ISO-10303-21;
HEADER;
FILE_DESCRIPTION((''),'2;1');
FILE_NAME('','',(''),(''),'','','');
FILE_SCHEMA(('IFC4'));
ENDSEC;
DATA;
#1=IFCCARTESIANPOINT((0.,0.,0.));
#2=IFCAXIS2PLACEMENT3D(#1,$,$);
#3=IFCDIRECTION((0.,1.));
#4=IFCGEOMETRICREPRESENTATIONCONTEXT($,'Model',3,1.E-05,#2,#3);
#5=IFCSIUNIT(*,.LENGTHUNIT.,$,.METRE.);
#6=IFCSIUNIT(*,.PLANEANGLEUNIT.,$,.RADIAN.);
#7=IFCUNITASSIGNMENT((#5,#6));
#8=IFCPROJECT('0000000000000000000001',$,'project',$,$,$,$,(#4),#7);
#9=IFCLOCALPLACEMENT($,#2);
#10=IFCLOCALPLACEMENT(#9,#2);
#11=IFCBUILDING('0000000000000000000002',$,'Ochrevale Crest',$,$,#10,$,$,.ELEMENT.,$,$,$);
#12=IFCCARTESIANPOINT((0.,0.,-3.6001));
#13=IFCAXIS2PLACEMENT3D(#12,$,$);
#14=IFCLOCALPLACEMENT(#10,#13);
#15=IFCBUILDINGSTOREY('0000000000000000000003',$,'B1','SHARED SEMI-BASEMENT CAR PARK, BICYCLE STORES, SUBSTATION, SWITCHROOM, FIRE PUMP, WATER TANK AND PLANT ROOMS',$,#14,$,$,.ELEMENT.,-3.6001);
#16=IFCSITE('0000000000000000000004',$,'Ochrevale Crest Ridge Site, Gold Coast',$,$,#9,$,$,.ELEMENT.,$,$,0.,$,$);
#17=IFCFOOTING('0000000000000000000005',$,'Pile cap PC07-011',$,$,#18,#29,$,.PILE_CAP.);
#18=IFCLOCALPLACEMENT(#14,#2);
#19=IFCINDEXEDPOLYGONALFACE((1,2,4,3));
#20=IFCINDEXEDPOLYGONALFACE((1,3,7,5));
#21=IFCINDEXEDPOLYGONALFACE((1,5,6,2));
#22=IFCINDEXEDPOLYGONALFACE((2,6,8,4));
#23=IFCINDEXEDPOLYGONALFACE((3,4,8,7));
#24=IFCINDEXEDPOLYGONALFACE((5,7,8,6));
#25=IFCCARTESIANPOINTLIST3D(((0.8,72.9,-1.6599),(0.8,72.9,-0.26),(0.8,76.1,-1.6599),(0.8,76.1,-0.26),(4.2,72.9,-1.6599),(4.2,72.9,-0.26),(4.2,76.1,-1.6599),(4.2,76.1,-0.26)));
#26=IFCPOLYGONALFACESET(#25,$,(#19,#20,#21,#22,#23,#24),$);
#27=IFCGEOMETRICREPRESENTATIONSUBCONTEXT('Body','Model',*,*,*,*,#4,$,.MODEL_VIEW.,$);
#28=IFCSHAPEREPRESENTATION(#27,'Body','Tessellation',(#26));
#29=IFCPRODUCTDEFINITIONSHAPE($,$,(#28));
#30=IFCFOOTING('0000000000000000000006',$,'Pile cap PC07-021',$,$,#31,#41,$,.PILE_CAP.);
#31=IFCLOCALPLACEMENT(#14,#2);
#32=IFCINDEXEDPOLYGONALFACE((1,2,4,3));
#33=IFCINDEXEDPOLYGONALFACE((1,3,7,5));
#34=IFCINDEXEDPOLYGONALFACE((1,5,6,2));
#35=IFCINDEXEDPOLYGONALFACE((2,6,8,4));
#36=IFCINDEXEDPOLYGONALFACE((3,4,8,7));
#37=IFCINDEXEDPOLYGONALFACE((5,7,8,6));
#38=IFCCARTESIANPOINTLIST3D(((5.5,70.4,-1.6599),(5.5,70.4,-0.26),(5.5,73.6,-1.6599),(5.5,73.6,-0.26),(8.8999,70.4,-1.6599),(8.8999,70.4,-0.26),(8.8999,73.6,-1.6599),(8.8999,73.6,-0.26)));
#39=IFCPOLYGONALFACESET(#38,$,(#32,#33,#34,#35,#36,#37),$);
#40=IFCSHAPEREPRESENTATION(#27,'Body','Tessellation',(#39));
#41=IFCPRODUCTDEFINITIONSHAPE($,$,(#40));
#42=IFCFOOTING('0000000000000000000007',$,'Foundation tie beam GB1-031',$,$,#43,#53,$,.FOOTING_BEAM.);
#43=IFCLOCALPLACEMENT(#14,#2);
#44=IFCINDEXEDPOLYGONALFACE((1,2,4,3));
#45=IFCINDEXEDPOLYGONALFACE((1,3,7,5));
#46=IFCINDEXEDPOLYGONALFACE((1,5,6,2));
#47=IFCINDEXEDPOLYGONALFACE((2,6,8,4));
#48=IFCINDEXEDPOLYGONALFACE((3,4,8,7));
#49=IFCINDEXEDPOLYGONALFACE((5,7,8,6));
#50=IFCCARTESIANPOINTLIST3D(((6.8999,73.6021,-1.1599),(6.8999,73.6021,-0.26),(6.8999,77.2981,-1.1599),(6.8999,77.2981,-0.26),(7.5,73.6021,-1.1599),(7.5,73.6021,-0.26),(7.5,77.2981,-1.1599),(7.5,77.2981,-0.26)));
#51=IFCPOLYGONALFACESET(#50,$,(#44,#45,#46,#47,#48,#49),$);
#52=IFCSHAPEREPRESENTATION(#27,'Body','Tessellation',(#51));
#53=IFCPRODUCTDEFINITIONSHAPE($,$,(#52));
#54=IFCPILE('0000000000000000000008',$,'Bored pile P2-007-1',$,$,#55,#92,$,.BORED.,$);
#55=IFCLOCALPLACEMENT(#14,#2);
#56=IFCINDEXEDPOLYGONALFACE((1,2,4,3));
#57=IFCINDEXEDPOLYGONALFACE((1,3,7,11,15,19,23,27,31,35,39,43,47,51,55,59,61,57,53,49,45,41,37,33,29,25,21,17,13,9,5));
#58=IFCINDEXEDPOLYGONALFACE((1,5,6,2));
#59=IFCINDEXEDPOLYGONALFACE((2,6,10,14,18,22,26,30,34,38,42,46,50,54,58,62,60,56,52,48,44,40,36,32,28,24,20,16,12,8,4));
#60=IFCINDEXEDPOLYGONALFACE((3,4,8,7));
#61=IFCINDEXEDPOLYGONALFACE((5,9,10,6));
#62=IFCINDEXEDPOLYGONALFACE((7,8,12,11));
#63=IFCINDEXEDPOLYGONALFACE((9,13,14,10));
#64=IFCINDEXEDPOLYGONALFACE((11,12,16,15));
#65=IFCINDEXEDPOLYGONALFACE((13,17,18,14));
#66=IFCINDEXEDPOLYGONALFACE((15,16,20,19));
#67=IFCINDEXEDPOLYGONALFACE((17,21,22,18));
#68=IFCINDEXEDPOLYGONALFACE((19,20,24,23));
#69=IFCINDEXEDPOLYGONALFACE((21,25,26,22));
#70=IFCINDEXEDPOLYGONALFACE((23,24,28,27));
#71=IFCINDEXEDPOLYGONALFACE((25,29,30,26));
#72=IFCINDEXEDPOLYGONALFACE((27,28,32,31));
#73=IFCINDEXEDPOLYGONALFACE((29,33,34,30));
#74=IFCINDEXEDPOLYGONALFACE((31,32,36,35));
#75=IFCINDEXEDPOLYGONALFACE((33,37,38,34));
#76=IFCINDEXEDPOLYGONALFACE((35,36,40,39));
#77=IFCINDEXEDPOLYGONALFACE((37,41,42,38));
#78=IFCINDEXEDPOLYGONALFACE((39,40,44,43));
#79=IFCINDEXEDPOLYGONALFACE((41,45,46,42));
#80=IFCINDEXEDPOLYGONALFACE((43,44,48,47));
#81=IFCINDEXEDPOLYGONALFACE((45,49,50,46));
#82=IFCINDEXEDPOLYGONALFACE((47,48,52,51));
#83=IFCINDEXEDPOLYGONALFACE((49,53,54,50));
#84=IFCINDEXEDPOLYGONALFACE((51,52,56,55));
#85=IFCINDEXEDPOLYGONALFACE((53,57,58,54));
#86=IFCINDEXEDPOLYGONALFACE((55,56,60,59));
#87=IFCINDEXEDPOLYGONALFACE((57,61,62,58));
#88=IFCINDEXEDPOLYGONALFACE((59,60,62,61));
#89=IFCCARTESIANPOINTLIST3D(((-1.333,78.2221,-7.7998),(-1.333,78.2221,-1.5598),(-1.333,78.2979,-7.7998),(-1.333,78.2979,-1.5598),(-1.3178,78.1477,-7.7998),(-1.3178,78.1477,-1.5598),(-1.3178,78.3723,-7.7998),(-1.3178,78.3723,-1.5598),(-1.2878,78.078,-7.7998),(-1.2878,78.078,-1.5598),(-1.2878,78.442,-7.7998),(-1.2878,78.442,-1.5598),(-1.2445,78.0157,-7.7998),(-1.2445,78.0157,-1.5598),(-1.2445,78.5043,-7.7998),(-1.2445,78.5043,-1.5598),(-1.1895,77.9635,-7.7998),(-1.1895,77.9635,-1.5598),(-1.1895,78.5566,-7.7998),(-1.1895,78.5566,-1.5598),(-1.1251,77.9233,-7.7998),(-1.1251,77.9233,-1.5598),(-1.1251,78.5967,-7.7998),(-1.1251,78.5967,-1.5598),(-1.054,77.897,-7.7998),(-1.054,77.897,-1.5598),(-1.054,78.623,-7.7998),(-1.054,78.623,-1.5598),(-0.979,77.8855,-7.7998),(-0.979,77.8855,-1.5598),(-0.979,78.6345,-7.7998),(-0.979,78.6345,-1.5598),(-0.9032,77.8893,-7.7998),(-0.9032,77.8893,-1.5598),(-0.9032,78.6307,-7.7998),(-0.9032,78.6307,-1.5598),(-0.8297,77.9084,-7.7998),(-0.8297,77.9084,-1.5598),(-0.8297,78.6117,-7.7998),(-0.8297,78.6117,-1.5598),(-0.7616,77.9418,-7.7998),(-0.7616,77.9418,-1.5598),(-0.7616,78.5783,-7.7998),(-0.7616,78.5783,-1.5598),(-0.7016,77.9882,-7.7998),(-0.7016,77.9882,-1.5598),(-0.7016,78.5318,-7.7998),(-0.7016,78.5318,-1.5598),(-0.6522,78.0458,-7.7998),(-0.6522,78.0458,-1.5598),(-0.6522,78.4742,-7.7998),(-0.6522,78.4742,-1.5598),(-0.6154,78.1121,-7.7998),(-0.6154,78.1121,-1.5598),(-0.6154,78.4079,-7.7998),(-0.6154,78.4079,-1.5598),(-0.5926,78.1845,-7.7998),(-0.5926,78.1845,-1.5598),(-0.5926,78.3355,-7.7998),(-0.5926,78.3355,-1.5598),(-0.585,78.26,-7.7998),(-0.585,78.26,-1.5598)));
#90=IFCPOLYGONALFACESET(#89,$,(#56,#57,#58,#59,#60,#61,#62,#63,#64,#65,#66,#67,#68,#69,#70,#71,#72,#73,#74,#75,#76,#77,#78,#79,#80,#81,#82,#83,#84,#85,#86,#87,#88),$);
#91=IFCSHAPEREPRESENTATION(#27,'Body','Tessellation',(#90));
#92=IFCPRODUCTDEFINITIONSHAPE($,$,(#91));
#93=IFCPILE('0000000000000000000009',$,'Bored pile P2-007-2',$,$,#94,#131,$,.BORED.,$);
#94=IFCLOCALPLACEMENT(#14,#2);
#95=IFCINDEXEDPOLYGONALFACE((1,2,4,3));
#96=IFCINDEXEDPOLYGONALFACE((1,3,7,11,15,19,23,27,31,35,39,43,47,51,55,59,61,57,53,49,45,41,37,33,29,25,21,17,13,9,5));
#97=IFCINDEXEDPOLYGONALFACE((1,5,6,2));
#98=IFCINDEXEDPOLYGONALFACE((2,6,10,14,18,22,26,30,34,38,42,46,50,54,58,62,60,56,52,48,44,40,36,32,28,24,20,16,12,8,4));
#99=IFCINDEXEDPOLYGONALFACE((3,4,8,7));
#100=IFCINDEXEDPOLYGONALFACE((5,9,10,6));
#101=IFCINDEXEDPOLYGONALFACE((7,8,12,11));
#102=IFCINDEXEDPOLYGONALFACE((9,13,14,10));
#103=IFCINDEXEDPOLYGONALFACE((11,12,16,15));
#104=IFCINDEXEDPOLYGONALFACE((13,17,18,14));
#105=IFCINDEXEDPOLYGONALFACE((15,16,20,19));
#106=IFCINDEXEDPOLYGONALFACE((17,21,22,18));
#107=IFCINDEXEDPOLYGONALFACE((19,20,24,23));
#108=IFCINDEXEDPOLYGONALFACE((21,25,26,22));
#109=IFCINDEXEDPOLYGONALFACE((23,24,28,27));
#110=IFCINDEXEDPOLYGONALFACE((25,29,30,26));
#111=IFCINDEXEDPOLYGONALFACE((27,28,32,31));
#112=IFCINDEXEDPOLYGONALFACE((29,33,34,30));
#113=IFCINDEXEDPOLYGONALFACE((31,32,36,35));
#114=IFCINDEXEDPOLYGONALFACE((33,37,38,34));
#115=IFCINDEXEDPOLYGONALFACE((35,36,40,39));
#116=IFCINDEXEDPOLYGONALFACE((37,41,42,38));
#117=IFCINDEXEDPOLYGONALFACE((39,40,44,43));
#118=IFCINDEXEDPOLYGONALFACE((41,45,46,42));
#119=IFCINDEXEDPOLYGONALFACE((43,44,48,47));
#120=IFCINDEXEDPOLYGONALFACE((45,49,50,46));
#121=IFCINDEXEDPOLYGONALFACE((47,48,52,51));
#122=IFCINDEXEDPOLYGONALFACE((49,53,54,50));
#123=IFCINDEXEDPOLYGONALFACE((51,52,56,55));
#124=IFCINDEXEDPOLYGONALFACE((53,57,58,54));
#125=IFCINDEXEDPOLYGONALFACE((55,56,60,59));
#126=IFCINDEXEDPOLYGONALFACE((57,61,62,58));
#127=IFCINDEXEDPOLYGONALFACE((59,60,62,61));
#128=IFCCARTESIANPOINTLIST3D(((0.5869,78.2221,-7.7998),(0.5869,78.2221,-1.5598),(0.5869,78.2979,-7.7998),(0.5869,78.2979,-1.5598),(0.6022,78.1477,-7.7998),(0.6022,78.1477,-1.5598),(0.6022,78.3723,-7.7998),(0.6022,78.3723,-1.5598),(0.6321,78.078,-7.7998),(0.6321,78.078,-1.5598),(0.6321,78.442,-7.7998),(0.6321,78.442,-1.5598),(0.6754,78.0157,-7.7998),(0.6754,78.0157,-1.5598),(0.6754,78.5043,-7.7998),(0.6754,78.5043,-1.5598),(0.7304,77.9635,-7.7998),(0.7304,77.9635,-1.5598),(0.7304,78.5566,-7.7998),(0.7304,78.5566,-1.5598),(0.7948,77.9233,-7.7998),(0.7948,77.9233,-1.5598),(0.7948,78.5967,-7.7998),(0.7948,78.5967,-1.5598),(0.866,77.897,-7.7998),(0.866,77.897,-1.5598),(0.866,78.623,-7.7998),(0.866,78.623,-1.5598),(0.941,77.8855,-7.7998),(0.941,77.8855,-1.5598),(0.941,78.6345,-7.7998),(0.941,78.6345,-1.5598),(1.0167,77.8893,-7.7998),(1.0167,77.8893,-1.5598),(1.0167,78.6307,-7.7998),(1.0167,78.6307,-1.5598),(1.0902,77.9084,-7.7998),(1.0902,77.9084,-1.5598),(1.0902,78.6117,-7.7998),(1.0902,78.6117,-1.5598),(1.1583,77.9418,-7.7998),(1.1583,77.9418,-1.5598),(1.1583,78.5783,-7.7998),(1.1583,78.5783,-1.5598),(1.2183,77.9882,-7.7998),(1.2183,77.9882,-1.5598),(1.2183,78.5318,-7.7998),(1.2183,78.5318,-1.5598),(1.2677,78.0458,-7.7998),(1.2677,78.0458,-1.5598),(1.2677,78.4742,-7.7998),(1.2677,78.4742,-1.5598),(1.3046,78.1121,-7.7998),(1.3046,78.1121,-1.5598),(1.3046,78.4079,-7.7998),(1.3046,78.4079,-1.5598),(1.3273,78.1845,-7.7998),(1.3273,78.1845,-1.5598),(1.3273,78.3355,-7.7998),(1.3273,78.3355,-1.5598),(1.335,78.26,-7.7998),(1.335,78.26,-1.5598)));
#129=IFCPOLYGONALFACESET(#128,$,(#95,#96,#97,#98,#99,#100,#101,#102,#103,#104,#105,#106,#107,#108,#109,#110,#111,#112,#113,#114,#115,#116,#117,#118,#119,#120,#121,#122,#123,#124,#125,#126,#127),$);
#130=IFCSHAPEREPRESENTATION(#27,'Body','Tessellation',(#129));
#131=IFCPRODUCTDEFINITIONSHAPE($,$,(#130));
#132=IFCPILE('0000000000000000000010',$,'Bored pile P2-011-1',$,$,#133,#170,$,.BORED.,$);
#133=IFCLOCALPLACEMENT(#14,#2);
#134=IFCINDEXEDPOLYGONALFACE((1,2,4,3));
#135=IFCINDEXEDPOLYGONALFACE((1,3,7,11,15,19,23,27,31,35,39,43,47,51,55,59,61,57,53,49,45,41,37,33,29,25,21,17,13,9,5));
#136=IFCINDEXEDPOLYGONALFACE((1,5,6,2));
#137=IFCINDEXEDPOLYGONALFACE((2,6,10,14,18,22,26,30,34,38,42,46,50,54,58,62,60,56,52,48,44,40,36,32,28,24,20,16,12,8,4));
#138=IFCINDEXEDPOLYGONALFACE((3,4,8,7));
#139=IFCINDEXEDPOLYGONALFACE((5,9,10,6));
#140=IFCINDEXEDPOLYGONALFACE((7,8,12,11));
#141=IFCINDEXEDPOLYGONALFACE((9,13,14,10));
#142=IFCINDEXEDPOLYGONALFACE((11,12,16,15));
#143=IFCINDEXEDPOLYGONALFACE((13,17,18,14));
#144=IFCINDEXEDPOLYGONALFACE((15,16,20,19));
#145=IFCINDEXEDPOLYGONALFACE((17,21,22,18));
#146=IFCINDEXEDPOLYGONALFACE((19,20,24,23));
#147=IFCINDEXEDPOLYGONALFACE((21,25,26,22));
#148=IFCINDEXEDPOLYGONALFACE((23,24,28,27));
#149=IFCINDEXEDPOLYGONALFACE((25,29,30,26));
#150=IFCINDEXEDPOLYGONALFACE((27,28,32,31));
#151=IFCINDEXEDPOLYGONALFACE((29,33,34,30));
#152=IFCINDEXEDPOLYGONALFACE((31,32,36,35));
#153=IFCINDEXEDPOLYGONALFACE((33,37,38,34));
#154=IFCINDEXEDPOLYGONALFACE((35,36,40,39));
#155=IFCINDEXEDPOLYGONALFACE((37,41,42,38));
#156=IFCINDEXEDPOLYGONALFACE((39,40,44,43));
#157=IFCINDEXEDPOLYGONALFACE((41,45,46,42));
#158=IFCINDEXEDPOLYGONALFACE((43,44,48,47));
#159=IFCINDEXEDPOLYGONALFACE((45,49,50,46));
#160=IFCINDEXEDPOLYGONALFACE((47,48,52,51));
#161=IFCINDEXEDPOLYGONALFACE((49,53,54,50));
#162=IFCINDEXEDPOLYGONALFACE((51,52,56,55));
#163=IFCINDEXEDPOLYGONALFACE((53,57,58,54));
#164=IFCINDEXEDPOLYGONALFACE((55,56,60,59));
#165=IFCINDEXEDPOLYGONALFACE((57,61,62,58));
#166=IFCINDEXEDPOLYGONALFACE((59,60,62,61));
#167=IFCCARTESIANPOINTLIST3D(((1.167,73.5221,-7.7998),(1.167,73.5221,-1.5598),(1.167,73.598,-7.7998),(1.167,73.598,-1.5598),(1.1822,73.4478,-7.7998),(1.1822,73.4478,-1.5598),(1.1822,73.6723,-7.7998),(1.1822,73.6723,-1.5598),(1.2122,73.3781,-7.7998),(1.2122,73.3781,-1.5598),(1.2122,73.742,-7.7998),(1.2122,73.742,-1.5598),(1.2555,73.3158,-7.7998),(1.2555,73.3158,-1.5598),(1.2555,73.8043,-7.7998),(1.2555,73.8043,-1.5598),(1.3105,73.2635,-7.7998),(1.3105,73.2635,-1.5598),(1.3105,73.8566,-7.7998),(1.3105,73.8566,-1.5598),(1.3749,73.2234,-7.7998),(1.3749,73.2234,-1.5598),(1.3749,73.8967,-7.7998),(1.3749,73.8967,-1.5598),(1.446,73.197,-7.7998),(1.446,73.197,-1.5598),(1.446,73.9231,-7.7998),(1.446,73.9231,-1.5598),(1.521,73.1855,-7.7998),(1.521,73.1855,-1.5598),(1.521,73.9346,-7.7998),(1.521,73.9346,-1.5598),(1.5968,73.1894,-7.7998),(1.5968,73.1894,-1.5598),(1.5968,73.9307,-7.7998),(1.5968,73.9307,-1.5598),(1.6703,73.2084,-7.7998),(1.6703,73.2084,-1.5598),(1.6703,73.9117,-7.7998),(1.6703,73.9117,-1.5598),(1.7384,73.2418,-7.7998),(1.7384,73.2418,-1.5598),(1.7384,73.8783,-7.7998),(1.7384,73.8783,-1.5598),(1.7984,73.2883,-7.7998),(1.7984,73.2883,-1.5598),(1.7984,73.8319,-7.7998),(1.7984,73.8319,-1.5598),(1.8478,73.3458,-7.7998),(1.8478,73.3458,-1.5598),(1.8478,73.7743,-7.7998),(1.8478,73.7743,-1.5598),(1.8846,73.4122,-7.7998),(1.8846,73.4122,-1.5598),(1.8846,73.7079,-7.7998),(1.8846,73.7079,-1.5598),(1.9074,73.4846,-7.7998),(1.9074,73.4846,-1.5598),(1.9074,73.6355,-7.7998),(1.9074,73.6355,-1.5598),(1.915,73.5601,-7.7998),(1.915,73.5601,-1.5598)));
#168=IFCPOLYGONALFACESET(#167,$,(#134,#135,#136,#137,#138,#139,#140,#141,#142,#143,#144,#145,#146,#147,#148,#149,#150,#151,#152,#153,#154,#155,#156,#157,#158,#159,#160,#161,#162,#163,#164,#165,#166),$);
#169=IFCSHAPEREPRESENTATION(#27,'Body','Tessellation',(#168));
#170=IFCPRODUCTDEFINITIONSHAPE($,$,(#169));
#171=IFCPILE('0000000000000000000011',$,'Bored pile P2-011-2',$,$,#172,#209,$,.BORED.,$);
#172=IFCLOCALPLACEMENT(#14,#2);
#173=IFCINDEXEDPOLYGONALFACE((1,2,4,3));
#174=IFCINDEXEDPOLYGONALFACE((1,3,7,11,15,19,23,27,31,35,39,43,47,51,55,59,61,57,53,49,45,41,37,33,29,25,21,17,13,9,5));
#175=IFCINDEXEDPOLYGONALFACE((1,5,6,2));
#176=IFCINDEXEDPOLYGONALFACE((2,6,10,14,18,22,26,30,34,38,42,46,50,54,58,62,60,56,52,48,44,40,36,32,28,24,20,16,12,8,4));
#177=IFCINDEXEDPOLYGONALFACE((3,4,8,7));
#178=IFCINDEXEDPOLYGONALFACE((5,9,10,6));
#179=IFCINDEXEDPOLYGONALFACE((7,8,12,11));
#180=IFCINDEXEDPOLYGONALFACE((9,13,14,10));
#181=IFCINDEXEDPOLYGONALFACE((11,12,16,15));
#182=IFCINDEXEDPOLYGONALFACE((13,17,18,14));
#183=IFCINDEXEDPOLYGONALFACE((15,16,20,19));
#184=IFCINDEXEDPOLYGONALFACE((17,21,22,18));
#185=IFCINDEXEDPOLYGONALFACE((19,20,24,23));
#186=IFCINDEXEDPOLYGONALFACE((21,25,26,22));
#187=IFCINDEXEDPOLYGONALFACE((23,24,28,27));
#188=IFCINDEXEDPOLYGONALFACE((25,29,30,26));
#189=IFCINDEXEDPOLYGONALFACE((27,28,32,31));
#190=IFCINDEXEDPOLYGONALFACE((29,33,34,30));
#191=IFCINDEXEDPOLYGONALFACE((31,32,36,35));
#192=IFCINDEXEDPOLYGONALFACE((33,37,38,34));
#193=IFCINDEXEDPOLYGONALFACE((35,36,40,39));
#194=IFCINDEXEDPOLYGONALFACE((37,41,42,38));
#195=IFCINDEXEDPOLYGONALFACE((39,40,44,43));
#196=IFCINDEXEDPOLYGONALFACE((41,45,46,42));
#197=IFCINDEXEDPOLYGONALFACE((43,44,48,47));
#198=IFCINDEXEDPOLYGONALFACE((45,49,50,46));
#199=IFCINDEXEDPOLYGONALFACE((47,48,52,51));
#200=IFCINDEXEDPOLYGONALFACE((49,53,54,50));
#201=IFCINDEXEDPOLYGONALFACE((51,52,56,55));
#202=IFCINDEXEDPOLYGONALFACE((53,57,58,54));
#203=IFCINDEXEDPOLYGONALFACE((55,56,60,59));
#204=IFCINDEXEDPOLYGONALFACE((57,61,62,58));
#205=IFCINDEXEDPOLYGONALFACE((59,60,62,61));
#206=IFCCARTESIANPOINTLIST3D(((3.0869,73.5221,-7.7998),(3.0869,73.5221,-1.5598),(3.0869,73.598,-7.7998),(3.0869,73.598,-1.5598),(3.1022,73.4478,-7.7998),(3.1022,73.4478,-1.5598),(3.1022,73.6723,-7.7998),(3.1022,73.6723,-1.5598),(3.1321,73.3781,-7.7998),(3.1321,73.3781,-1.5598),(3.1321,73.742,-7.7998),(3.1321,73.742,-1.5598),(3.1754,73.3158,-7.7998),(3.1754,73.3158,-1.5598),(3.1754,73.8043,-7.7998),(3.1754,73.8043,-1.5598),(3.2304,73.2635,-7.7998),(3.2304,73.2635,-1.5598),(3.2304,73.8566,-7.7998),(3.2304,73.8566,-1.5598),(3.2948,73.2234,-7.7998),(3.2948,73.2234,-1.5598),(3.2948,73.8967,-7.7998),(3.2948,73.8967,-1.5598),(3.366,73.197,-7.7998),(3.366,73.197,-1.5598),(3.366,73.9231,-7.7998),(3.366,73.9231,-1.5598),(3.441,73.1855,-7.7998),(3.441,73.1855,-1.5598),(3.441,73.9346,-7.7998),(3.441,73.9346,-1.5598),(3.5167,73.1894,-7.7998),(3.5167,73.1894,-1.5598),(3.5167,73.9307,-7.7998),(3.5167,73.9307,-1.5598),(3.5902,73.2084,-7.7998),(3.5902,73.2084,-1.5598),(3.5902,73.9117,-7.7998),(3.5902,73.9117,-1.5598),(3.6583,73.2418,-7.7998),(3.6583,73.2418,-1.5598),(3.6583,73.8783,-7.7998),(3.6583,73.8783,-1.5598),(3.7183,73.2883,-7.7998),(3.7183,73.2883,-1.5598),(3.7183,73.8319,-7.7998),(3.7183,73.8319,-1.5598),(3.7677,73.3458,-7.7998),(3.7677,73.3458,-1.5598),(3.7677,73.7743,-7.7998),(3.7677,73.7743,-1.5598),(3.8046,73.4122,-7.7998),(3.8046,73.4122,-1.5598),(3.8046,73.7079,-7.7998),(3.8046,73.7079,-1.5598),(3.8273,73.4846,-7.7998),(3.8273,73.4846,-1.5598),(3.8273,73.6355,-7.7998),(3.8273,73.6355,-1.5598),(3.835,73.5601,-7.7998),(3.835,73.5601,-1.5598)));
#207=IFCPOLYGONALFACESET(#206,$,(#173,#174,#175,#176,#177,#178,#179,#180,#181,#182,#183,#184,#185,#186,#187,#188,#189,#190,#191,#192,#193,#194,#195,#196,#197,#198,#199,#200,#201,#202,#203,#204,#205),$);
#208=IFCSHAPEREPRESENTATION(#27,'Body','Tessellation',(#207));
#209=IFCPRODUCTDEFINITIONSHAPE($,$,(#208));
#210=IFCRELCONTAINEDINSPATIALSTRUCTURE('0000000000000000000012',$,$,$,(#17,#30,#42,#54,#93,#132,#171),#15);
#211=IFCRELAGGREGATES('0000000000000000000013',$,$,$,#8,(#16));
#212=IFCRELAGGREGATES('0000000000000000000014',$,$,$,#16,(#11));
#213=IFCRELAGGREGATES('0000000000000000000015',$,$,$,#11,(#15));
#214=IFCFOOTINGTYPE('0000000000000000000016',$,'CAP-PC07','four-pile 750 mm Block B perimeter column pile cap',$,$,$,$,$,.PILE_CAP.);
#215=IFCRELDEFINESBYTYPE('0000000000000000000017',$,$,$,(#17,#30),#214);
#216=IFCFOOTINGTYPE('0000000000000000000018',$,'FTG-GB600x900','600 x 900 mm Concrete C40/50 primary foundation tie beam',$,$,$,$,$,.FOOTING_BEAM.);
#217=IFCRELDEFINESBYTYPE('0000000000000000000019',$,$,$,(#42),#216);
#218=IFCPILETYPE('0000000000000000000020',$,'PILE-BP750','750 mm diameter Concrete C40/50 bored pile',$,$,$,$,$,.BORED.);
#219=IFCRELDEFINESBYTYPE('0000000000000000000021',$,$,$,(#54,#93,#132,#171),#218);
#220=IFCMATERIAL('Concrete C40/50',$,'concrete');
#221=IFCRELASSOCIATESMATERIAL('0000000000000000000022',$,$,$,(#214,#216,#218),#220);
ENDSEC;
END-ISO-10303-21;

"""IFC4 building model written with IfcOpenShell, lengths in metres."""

from ifc_helpers import new_model, si_unit, direction, frame, origin, origin_2d, place, context, subcontext, project, spatial, rectangle, circle, extrude, material, material_profile, profile_set, type_object, element, save


model = new_model("IFC4")

# Units and contexts
model_context = context("Model", 3, precision=1e-05, world=origin(), true_north=direction((0.0, 1.0)))
body_context = subcontext(model_context, "Body", "Model", "MODEL_VIEW")
ifc_project = project(units=[si_unit("LENGTHUNIT", "METRE"), si_unit("PLANEANGLEUNIT", "RADIAN")], contexts=[model_context])

# Site, building, storey
site_placement = place(None, origin())
site = spatial("IfcSite", under=ifc_project, at=site_placement, Name="Ochrevale Crest Ridge Site, Gold Coast", CompositionType="ELEMENT", RefElevation=0.0)
building_placement = place(site_placement, origin())
building = spatial("IfcBuilding", under=site, at=building_placement, Name="Ochrevale Crest", CompositionType="ELEMENT")
storey_placement = place(building_placement, frame((0.0, 0.0, -3.6001)))
storey = spatial("IfcBuildingStorey", under=building, at=storey_placement, Name="B1", Description="SHARED SEMI-BASEMENT CAR PARK, BICYCLE STORES, SUBSTATION, SWITCHROOM, FIRE PUMP, WATER TANK AND PLANT ROOMS", CompositionType="ELEMENT", Elevation=-3.6001)

# Footings
ifc_material_1 = material(Name="Concrete C40/50", Category="concrete")
footing_type_1 = type_object("IfcFootingType", Name="CAP-PC07", Description="four-pile 750 mm Block B perimeter column pile cap", PredefinedType="PILE_CAP", material=ifc_material_1)
for number, where, z_axis, x_axis, name in (
    (1, (2.5, 74.5, -1.6599), (0.0, 0.0, 1.0), (1.0, 0.0, 0.0), "Pile cap PC07-011"),
    (2, (7.2, 72.0, -1.6599), (0.0, 0.0, 1.0), (1.0, 0.0, 0.0), "Pile cap PC07-021"),
):
    element("IfcFooting", number, at=place(storey_placement, frame(where, z_axis=z_axis, x_axis=x_axis)), inside=storey, type_object=footing_type_1, Name=name, PredefinedType="PILE_CAP", context=body_context, shape_type="SweptSolid", body=[
        extrude(rectangle(XDim=3.3999, YDim=3.2, at=origin_2d()), origin(), (0.0, 0.0, 1.0), 1.3999),
    ])
ifc_material_profile_1 = material_profile(ifc_material_1, rectangle(XDim=0.6001, YDim=0.8999, at=origin_2d()), Name="GB 600x900")
ifc_profile_set_1 = profile_set([ifc_material_profile_1], Name="Concrete C40/50")
footing_type_2 = type_object("IfcFootingType", Name="FTG-GB600x900", Description="600 x 900 mm Concrete C40/50 primary foundation tie beam", PredefinedType="FOOTING_BEAM", material=ifc_profile_set_1)
footing_placement = place(storey_placement, frame((7.2, 73.6021, -0.71), z_axis=(0.0, 1.0, 0.0), x_axis=(-1.0, 0.0, 0.0)))
element("IfcFooting", 3, at=footing_placement, inside=storey, type_object=footing_type_2, Name="Foundation tie beam GB1-031", PredefinedType="FOOTING_BEAM", context=body_context, shape_type="SweptSolid", body=[
    extrude(rectangle(XDim=0.6001, YDim=0.8999, at=origin_2d()), origin(), (0.0, 0.0, 1.0), 3.696),
])

# Piles
ifc_material_profile_2 = material_profile(ifc_material_1, circle(Radius=0.375, at=origin_2d()), Name="BORED PILE 750")
ifc_profile_set_2 = profile_set([ifc_material_profile_2], Name="Concrete C40/50")
pile_type_1 = type_object("IfcPileType", Name="PILE-BP750", Description="750 mm diameter Concrete C40/50 bored pile", PredefinedType="BORED", material=ifc_profile_set_2)
for number, where, z_axis, x_axis, name in (
    (4, (-0.96, 78.26, -1.5598), (0.0, 0.0, -1.0), (1.0, 0.0, 0.0), "Bored pile P2-007-1"),
    (5, (0.96, 78.26, -1.5598), (0.0, 0.0, -1.0), (1.0, 0.0, 0.0), "Bored pile P2-007-2"),
    (6, (1.54, 73.5601, -1.5598), (0.0, 0.0, -1.0), (1.0, 0.0, 0.0), "Bored pile P2-011-1"),
    (7, (3.46, 73.5601, -1.5598), (0.0, 0.0, -1.0), (1.0, 0.0, 0.0), "Bored pile P2-011-2"),
):
    element("IfcPile", number, at=place(storey_placement, frame(where, z_axis=z_axis, x_axis=x_axis)), inside=storey, type_object=pile_type_1, Name=name, PredefinedType="BORED", context=body_context, shape_type="SweptSolid", body=[
        extrude(circle(Radius=0.375, at=origin_2d()), origin(), (0.0, 0.0, 1.0), 6.24),
    ])

save(model, "model.ifc")
